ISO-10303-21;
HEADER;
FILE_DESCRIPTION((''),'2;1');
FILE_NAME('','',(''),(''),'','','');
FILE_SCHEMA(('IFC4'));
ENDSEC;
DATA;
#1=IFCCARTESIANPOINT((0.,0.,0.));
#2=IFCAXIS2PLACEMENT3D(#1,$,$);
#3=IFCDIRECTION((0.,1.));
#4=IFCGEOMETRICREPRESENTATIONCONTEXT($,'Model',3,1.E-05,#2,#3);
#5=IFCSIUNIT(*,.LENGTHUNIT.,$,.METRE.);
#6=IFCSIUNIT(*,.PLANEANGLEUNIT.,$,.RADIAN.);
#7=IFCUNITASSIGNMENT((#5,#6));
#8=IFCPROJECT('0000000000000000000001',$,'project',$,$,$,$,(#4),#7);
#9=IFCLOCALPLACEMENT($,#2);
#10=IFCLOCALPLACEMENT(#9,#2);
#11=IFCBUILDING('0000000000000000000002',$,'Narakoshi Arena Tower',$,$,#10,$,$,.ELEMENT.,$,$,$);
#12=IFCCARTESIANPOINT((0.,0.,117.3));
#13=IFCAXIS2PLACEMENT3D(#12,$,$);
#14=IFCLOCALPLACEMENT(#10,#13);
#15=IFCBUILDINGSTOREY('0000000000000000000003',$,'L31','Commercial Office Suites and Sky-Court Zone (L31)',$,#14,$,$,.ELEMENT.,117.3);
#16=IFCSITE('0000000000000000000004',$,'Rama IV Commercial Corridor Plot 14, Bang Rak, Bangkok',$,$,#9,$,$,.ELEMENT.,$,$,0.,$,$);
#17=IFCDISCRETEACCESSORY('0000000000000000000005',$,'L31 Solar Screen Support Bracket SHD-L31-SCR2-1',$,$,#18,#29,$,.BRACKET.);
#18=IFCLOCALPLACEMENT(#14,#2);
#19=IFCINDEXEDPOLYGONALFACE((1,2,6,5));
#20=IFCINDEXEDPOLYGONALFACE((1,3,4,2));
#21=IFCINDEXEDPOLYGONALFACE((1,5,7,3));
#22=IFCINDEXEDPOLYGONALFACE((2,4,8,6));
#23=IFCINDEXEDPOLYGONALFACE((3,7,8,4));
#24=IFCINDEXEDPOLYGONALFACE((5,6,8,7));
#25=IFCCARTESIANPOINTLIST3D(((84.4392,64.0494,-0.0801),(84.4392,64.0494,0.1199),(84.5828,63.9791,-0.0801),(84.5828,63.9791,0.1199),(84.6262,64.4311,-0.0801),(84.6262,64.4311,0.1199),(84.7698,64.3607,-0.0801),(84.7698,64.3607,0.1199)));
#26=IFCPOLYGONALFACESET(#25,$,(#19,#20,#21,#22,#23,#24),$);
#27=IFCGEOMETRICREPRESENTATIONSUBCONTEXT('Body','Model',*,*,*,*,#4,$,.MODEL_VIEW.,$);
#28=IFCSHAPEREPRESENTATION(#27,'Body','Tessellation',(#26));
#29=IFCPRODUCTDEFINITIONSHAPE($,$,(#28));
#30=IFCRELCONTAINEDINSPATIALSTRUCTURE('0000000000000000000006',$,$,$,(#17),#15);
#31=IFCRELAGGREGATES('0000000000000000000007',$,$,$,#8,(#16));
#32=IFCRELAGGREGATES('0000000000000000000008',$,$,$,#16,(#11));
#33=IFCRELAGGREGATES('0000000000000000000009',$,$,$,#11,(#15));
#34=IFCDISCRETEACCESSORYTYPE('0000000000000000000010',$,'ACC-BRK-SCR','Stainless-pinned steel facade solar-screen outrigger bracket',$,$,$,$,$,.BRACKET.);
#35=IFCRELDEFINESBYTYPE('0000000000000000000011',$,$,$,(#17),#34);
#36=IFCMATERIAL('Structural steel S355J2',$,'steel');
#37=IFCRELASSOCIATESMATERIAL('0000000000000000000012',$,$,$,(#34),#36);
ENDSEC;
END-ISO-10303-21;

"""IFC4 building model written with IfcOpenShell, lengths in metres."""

from ifc_helpers import new_model, si_unit, direction, frame, origin, origin_2d, place, context, subcontext, project, spatial, rectangle, extrude, material, type_object, element, save


model = new_model("IFC4")

# Units and contexts
model_context = context("Model", 3, precision=1e-05, world=origin(), true_north=direction((0.0, 1.0)))
body_context = subcontext(model_context, "Body", "Model", "MODEL_VIEW")
ifc_project = project(units=[si_unit("LENGTHUNIT", "METRE"), si_unit("PLANEANGLEUNIT", "RADIAN")], contexts=[model_context])

# Site, building, storey
site_placement = place(None, origin())
site = spatial("IfcSite", under=ifc_project, at=site_placement, Name="Rama IV Commercial Corridor Plot 14, Bang Rak, Bangkok", CompositionType="ELEMENT", RefElevation=0.0)
building_placement = place(site_placement, origin())
building = spatial("IfcBuilding", under=site, at=building_placement, Name="Narakoshi Arena Tower", CompositionType="ELEMENT")
storey_placement = place(building_placement, frame((0.0, 0.0, 117.3)))
storey = spatial("IfcBuildingStorey", under=building, at=storey_placement, Name="L31", Description="Commercial Office Suites and Sky-Court Zone (L31)", CompositionType="ELEMENT", Elevation=117.3)

# Shared definitions
ifc_material_1 = material(Name="Structural steel S355J2", Category="steel")

# Discrete accessory
discrete_accessory_type = type_object("IfcDiscreteAccessoryType", Name="ACC-BRK-SCR", Description="Stainless-pinned steel facade solar-screen outrigger bracket", PredefinedType="BRACKET", material=ifc_material_1)
discrete_accessory_placement = place(storey_placement, frame((84.6045, 64.2051, -0.0801), z_axis=(0.0, 0.0, 1.0), x_axis=(-0.897997, 0.440002, 0.0)))
element("IfcDiscreteAccessory", 1, at=discrete_accessory_placement, inside=storey, type_object=discrete_accessory_type, Name="L31 Solar Screen Support Bracket SHD-L31-SCR2-1", PredefinedType="BRACKET", context=body_context, shape_type="SweptSolid", body=[
    extrude(rectangle(XDim=0.1599, YDim=0.425, at=origin_2d()), origin(), (0.0, 0.0, 1.0), 0.2),
])

save(model, "model.ifc")
